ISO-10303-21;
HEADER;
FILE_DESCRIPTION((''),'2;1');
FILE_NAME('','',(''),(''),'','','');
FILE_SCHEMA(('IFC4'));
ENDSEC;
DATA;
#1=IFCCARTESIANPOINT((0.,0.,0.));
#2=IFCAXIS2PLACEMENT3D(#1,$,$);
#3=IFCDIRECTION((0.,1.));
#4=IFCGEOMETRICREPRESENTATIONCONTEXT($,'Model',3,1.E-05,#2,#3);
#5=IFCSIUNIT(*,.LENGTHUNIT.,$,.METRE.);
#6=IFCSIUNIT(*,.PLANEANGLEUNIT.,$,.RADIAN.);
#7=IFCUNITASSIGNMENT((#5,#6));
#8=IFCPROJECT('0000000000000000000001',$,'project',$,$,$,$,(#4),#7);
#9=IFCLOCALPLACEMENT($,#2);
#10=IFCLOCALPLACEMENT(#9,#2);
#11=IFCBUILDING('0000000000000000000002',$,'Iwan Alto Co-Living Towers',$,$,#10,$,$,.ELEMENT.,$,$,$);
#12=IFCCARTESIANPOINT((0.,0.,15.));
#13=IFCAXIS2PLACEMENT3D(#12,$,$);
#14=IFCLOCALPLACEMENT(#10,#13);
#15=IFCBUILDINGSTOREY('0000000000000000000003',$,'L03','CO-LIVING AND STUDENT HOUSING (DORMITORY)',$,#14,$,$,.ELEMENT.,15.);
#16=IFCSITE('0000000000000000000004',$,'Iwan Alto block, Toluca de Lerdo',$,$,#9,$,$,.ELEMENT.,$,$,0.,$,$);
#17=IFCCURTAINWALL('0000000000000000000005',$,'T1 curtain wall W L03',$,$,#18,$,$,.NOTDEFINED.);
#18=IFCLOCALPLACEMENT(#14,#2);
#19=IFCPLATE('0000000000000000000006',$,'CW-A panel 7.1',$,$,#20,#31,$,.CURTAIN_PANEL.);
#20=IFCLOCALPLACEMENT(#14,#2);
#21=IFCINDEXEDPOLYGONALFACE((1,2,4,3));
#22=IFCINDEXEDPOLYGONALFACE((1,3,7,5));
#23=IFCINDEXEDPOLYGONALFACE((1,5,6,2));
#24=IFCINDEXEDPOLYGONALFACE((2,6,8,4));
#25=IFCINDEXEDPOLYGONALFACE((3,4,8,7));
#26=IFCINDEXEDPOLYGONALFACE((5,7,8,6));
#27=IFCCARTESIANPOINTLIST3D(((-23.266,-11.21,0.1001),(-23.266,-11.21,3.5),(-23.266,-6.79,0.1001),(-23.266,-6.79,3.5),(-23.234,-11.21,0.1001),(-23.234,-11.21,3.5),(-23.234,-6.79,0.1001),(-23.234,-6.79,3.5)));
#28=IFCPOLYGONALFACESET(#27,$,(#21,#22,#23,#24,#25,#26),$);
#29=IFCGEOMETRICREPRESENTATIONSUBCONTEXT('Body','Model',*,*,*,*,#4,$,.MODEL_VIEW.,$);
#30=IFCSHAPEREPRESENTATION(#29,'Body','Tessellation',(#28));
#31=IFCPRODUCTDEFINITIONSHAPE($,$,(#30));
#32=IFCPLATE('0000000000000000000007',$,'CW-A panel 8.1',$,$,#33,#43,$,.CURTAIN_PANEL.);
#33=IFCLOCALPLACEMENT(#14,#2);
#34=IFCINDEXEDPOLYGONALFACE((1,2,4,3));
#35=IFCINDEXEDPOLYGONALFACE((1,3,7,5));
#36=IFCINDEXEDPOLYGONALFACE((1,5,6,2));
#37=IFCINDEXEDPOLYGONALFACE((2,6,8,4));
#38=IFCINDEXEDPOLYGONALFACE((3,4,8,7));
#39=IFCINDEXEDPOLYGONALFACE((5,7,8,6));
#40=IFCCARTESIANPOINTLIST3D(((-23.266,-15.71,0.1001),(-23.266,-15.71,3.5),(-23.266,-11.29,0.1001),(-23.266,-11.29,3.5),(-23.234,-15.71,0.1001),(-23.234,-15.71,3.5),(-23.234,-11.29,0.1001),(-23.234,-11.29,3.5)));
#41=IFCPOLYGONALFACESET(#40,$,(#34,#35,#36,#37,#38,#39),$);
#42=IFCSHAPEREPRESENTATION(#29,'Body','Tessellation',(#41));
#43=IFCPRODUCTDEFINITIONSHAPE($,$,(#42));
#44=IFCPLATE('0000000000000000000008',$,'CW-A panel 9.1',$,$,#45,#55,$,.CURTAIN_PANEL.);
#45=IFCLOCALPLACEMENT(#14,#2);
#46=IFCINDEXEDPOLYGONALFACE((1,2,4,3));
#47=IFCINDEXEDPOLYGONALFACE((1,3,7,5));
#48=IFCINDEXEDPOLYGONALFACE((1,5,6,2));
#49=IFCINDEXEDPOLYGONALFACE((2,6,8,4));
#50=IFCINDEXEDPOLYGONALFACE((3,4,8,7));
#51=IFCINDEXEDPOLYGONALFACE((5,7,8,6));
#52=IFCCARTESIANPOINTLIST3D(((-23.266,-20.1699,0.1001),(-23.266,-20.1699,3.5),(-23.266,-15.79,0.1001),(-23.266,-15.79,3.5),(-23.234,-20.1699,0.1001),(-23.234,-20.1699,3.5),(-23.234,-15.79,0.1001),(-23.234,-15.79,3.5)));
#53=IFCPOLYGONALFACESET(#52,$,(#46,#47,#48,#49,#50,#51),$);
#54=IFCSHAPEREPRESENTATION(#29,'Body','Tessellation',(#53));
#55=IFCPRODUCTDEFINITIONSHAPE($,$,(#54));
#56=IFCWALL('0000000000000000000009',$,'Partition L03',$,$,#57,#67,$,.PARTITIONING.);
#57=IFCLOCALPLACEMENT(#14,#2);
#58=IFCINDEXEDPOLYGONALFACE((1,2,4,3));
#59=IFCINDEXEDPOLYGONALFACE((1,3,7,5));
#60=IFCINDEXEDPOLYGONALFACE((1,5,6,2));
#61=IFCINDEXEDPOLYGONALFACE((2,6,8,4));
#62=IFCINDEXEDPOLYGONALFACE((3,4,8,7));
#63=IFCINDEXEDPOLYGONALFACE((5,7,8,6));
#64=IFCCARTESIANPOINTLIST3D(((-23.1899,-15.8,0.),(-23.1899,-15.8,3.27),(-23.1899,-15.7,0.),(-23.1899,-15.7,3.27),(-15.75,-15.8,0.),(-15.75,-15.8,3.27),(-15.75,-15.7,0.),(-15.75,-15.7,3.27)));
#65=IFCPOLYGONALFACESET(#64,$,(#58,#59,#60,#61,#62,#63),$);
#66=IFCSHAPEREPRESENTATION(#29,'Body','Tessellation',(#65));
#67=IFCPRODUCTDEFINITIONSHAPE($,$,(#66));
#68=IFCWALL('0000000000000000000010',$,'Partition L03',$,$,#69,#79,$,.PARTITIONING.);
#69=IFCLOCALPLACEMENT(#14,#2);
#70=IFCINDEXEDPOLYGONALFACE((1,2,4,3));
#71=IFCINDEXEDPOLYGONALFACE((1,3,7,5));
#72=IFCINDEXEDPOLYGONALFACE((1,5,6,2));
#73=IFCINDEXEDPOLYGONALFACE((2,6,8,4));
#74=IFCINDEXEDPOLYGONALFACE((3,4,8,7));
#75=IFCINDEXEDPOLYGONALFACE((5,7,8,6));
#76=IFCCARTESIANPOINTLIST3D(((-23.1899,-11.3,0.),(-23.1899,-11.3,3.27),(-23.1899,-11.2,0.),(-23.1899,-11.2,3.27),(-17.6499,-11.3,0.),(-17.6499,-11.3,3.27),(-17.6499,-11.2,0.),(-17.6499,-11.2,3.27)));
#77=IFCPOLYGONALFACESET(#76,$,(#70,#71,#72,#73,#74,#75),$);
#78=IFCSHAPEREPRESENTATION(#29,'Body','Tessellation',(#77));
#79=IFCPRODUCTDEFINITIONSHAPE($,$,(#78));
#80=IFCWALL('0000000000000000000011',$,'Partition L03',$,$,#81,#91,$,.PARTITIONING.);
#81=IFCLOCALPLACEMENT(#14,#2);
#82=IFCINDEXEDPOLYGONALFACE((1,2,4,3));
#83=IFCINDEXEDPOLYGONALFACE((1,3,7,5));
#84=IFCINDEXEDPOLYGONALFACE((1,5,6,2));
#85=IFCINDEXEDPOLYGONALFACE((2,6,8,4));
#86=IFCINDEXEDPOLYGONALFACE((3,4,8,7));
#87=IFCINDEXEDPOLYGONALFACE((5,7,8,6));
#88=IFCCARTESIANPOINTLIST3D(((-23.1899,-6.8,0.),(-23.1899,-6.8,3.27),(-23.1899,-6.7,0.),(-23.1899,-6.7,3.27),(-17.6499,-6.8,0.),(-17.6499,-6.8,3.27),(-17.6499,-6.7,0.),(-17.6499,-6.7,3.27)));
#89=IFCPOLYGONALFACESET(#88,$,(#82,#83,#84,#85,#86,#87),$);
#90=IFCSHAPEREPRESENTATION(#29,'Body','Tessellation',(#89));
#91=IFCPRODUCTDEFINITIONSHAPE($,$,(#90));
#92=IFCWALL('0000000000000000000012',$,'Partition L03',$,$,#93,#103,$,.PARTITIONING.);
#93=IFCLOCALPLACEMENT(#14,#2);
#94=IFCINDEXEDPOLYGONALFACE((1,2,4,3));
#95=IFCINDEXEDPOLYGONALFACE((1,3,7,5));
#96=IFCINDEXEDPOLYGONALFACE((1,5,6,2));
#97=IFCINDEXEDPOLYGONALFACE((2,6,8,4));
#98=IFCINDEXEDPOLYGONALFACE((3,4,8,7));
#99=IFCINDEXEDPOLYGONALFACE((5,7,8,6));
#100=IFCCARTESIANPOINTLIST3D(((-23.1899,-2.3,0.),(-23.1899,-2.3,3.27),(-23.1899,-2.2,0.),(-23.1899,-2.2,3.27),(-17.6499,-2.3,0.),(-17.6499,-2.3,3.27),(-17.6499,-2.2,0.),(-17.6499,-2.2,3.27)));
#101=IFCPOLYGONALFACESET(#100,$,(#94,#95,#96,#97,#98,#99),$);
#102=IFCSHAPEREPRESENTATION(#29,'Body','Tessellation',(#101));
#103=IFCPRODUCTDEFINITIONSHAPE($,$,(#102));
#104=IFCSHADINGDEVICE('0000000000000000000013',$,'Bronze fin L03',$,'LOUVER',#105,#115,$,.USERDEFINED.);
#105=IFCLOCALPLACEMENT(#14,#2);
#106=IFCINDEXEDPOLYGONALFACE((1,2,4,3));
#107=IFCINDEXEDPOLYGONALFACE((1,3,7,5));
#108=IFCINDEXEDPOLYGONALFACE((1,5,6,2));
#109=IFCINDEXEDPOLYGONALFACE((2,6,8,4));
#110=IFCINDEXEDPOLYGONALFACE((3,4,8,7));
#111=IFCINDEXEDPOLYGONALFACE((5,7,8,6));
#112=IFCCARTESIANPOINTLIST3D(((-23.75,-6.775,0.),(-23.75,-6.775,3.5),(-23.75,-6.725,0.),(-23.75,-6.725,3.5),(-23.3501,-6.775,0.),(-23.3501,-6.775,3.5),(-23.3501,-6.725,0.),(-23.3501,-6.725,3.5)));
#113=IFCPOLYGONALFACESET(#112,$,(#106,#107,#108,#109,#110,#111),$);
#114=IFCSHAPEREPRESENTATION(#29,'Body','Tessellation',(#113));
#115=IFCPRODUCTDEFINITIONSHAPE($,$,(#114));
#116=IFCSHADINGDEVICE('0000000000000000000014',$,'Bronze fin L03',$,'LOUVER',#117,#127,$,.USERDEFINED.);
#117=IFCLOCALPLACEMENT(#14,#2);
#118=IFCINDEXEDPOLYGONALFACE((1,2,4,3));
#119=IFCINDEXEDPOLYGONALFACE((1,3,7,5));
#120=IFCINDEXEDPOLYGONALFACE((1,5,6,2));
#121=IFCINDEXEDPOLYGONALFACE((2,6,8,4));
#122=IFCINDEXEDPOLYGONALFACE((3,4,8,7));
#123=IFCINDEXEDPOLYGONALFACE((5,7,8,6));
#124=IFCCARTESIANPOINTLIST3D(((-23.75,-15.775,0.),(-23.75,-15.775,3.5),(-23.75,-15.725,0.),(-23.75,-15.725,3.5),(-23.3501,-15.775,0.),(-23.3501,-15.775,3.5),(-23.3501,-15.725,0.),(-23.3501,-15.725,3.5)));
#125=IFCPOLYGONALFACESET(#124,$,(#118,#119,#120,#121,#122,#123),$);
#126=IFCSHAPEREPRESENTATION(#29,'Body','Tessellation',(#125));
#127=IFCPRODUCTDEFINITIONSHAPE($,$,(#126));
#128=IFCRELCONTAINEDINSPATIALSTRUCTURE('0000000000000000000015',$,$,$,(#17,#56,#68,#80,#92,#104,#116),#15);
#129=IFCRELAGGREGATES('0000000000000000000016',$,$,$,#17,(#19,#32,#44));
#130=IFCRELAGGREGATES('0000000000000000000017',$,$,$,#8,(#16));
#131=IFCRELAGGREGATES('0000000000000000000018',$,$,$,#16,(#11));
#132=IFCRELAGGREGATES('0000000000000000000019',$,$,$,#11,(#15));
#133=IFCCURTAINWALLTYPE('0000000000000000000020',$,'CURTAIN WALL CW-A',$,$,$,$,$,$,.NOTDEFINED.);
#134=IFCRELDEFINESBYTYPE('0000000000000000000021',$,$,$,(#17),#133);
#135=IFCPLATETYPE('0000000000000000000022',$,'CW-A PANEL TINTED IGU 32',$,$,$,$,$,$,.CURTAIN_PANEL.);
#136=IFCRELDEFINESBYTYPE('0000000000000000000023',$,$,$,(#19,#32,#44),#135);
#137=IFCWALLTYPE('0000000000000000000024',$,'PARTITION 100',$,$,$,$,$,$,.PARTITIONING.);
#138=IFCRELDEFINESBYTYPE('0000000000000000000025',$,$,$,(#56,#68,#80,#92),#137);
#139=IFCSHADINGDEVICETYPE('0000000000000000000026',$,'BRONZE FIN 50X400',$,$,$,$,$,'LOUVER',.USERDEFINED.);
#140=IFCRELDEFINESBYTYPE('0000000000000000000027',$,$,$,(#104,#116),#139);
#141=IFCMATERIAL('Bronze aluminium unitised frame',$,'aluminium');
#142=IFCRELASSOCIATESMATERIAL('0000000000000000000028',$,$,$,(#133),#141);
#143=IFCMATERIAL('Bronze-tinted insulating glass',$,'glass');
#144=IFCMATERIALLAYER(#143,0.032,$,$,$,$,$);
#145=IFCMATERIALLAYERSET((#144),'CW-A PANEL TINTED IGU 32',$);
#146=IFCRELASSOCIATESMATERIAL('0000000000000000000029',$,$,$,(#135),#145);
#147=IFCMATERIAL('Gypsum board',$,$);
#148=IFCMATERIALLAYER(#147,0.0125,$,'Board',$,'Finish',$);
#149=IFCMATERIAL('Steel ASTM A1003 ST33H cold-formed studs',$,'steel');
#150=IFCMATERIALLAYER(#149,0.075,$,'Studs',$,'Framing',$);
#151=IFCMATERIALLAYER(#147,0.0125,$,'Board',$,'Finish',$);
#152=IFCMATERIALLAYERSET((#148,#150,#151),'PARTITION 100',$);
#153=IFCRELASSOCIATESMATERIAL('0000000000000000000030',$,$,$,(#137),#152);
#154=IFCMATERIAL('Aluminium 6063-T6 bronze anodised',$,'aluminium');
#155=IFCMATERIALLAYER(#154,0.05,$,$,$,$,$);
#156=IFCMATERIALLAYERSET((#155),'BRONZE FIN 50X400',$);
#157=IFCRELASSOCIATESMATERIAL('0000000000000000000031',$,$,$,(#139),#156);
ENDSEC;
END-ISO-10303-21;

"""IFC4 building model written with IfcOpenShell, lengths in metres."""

from ifc_helpers import new_model, si_unit, direction, frame, frame_2d, origin, origin_2d, place, context, subcontext, project, spatial, rectangle, extrude, material, layer, layer_set, type_object, element, aggregate, save


model = new_model("IFC4")

# Units and contexts
model_context = context("Model", 3, precision=1e-05, world=origin(), true_north=direction((0.0, 1.0)))
body_context = subcontext(model_context, "Body", "Model", "MODEL_VIEW")
ifc_project = project(units=[si_unit("LENGTHUNIT", "METRE"), si_unit("PLANEANGLEUNIT", "RADIAN")], contexts=[model_context])

# Site, building, storey
site_placement = place(None, origin())
site = spatial("IfcSite", under=ifc_project, at=site_placement, Name="Iwan Alto block, Toluca de Lerdo", CompositionType="ELEMENT", RefElevation=0.0)
building_placement = place(site_placement, origin())
building = spatial("IfcBuilding", under=site, at=building_placement, Name="Iwan Alto Co-Living Towers", CompositionType="ELEMENT")
storey_placement = place(building_placement, frame((0.0, 0.0, 15.0)))
storey = spatial("IfcBuildingStorey", under=building, at=storey_placement, Name="L03", Description="CO-LIVING AND STUDENT HOUSING (DORMITORY)", CompositionType="ELEMENT", Elevation=15.0)

# Curtain wall
ifc_material_1 = material(Name="Bronze aluminium unitised frame", Category="aluminium")
curtain_wall_type = type_object("IfcCurtainWallType", Name="CURTAIN WALL CW-A", PredefinedType="NOTDEFINED", material=ifc_material_1)
curtain_wall_placement = place(storey_placement, origin())
curtain_wall = element("IfcCurtainWall", 1, at=curtain_wall_placement, inside=storey, type_object=curtain_wall_type, Name="T1 curtain wall W L03", PredefinedType="NOTDEFINED")

# Plates
ifc_material_2 = material(Name="Bronze-tinted insulating glass", Category="glass")
ifc_layer_1 = layer(ifc_material_2, 0.032)
ifc_layer_set_1 = layer_set([ifc_layer_1], Name="CW-A PANEL TINTED IGU 32")
plate_type = type_object("IfcPlateType", Name="CW-A PANEL TINTED IGU 32", PredefinedType="CURTAIN_PANEL", material=ifc_layer_set_1)
plate_1_placement = place(storey_placement, frame((-23.25, -9.0, 0.1001), z_axis=(0.0, 0.0, 1.0), x_axis=(0.0, -1.0, 0.0)))
plate_1 = element("IfcPlate", 2, at=plate_1_placement, type_object=plate_type, Name="CW-A panel 7.1", PredefinedType="CURTAIN_PANEL", context=body_context, shape_type="SweptSolid", body=[
    extrude(rectangle(XDim=4.4199, YDim=0.032, at=origin_2d()), origin(), (0.0, 0.0, 1.0), 3.3999),
])
plate_2_placement = place(storey_placement, frame((-23.25, -13.5, 0.1001), z_axis=(0.0, 0.0, 1.0), x_axis=(0.0, -1.0, 0.0)))
plate_2 = element("IfcPlate", 3, at=plate_2_placement, type_object=plate_type, Name="CW-A panel 8.1", PredefinedType="CURTAIN_PANEL", context=body_context, shape_type="SweptSolid", body=[
    extrude(rectangle(XDim=4.4199, YDim=0.032, at=origin_2d()), origin(), (0.0, 0.0, 1.0), 3.3999),
])
plate_3_placement = place(storey_placement, frame((-23.25, -17.98, 0.1001), z_axis=(0.0, 0.0, 1.0), x_axis=(0.0, -1.0, 0.0)))
plate_3 = element("IfcPlate", 4, at=plate_3_placement, type_object=plate_type, Name="CW-A panel 9.1", PredefinedType="CURTAIN_PANEL", context=body_context, shape_type="SweptSolid", body=[
    extrude(rectangle(XDim=4.3799, YDim=0.032, at=origin_2d()), origin(), (0.0, 0.0, 1.0), 3.3999),
])
aggregate(curtain_wall, [plate_1, plate_2, plate_3])

# Walls
ifc_material_3 = material(Name="Gypsum board")
ifc_layer_2 = layer(ifc_material_3, 0.0125, Name="Board", Category="Finish")
ifc_material_4 = material(Name="Steel ASTM A1003 ST33H cold-formed studs", Category="steel")
ifc_layer_3 = layer(ifc_material_4, 0.075, Name="Studs", Category="Framing")
ifc_layer_4 = layer(ifc_material_3, 0.0125, Name="Board", Category="Finish")
ifc_layer_set_2 = layer_set([ifc_layer_2, ifc_layer_3, ifc_layer_4], Name="PARTITION 100")
wall_type = type_object("IfcWallType", Name="PARTITION 100", PredefinedType="PARTITIONING", material=ifc_layer_set_2)
wall_placement = place(storey_placement, frame((-23.1899, -15.75, 0.0), z_axis=(0.0, 0.0, 1.0), x_axis=(1.0, 0.0, 0.0)))
element("IfcWall", 5, at=wall_placement, inside=storey, type_object=wall_type, Name="Partition L03", PredefinedType="PARTITIONING", context=body_context, shape_type="SweptSolid", body=[
    extrude(rectangle(XDim=7.4399, YDim=0.1001, at=frame_2d((3.72, 0.0))), origin(), (0.0, 0.0, 1.0), 3.27),
])
for number, where, z_axis, x_axis, name in (
    (6, (-23.1899, -11.25, 0.0), (0.0, 0.0, 1.0), (1.0, 0.0, 0.0), "Partition L03"),
    (7, (-23.1899, -6.75, 0.0), (0.0, 0.0, 1.0), (1.0, 0.0, 0.0), "Partition L03"),
    (8, (-23.1899, -2.25, 0.0), (0.0, 0.0, 1.0), (1.0, 0.0, 0.0), "Partition L03"),
):
    element("IfcWall", number, at=place(storey_placement, frame(where, z_axis=z_axis, x_axis=x_axis)), inside=storey, type_object=wall_type, Name=name, PredefinedType="PARTITIONING", context=body_context, shape_type="SweptSolid", body=[
        extrude(rectangle(XDim=5.54, YDim=0.1001, at=frame_2d((2.77, 0.0))), origin(), (0.0, 0.0, 1.0), 3.27),
    ])

# Shading devices
ifc_material_5 = material(Name="Aluminium 6063-T6 bronze anodised", Category="aluminium")
ifc_layer_5 = layer(ifc_material_5, 0.05)
ifc_layer_set_3 = layer_set([ifc_layer_5], Name="BRONZE FIN 50X400")
shading_device_type = type_object("IfcShadingDeviceType", Name="BRONZE FIN 50X400", ElementType="LOUVER", PredefinedType="USERDEFINED", material=ifc_layer_set_3)
for number, where, z_axis, x_axis, name in (
    (9, (-23.55, -6.75, 0.0), (0.0, 0.0, 1.0), (0.0, -1.0, 0.0), "Bronze fin L03"),
    (10, (-23.55, -15.75, 0.0), (0.0, 0.0, 1.0), (0.0, -1.0, 0.0), "Bronze fin L03"),
):
    element("IfcShadingDevice", number, at=place(storey_placement, frame(where, z_axis=z_axis, x_axis=x_axis)), inside=storey, type_object=shading_device_type, Name=name, ObjectType="LOUVER", PredefinedType="USERDEFINED", context=body_context, shape_type="SweptSolid", body=[
        extrude(rectangle(XDim=0.05, YDim=0.3999, at=origin_2d()), origin(), (0.0, 0.0, 1.0), 3.5),
    ])

save(model, "model.ifc")
